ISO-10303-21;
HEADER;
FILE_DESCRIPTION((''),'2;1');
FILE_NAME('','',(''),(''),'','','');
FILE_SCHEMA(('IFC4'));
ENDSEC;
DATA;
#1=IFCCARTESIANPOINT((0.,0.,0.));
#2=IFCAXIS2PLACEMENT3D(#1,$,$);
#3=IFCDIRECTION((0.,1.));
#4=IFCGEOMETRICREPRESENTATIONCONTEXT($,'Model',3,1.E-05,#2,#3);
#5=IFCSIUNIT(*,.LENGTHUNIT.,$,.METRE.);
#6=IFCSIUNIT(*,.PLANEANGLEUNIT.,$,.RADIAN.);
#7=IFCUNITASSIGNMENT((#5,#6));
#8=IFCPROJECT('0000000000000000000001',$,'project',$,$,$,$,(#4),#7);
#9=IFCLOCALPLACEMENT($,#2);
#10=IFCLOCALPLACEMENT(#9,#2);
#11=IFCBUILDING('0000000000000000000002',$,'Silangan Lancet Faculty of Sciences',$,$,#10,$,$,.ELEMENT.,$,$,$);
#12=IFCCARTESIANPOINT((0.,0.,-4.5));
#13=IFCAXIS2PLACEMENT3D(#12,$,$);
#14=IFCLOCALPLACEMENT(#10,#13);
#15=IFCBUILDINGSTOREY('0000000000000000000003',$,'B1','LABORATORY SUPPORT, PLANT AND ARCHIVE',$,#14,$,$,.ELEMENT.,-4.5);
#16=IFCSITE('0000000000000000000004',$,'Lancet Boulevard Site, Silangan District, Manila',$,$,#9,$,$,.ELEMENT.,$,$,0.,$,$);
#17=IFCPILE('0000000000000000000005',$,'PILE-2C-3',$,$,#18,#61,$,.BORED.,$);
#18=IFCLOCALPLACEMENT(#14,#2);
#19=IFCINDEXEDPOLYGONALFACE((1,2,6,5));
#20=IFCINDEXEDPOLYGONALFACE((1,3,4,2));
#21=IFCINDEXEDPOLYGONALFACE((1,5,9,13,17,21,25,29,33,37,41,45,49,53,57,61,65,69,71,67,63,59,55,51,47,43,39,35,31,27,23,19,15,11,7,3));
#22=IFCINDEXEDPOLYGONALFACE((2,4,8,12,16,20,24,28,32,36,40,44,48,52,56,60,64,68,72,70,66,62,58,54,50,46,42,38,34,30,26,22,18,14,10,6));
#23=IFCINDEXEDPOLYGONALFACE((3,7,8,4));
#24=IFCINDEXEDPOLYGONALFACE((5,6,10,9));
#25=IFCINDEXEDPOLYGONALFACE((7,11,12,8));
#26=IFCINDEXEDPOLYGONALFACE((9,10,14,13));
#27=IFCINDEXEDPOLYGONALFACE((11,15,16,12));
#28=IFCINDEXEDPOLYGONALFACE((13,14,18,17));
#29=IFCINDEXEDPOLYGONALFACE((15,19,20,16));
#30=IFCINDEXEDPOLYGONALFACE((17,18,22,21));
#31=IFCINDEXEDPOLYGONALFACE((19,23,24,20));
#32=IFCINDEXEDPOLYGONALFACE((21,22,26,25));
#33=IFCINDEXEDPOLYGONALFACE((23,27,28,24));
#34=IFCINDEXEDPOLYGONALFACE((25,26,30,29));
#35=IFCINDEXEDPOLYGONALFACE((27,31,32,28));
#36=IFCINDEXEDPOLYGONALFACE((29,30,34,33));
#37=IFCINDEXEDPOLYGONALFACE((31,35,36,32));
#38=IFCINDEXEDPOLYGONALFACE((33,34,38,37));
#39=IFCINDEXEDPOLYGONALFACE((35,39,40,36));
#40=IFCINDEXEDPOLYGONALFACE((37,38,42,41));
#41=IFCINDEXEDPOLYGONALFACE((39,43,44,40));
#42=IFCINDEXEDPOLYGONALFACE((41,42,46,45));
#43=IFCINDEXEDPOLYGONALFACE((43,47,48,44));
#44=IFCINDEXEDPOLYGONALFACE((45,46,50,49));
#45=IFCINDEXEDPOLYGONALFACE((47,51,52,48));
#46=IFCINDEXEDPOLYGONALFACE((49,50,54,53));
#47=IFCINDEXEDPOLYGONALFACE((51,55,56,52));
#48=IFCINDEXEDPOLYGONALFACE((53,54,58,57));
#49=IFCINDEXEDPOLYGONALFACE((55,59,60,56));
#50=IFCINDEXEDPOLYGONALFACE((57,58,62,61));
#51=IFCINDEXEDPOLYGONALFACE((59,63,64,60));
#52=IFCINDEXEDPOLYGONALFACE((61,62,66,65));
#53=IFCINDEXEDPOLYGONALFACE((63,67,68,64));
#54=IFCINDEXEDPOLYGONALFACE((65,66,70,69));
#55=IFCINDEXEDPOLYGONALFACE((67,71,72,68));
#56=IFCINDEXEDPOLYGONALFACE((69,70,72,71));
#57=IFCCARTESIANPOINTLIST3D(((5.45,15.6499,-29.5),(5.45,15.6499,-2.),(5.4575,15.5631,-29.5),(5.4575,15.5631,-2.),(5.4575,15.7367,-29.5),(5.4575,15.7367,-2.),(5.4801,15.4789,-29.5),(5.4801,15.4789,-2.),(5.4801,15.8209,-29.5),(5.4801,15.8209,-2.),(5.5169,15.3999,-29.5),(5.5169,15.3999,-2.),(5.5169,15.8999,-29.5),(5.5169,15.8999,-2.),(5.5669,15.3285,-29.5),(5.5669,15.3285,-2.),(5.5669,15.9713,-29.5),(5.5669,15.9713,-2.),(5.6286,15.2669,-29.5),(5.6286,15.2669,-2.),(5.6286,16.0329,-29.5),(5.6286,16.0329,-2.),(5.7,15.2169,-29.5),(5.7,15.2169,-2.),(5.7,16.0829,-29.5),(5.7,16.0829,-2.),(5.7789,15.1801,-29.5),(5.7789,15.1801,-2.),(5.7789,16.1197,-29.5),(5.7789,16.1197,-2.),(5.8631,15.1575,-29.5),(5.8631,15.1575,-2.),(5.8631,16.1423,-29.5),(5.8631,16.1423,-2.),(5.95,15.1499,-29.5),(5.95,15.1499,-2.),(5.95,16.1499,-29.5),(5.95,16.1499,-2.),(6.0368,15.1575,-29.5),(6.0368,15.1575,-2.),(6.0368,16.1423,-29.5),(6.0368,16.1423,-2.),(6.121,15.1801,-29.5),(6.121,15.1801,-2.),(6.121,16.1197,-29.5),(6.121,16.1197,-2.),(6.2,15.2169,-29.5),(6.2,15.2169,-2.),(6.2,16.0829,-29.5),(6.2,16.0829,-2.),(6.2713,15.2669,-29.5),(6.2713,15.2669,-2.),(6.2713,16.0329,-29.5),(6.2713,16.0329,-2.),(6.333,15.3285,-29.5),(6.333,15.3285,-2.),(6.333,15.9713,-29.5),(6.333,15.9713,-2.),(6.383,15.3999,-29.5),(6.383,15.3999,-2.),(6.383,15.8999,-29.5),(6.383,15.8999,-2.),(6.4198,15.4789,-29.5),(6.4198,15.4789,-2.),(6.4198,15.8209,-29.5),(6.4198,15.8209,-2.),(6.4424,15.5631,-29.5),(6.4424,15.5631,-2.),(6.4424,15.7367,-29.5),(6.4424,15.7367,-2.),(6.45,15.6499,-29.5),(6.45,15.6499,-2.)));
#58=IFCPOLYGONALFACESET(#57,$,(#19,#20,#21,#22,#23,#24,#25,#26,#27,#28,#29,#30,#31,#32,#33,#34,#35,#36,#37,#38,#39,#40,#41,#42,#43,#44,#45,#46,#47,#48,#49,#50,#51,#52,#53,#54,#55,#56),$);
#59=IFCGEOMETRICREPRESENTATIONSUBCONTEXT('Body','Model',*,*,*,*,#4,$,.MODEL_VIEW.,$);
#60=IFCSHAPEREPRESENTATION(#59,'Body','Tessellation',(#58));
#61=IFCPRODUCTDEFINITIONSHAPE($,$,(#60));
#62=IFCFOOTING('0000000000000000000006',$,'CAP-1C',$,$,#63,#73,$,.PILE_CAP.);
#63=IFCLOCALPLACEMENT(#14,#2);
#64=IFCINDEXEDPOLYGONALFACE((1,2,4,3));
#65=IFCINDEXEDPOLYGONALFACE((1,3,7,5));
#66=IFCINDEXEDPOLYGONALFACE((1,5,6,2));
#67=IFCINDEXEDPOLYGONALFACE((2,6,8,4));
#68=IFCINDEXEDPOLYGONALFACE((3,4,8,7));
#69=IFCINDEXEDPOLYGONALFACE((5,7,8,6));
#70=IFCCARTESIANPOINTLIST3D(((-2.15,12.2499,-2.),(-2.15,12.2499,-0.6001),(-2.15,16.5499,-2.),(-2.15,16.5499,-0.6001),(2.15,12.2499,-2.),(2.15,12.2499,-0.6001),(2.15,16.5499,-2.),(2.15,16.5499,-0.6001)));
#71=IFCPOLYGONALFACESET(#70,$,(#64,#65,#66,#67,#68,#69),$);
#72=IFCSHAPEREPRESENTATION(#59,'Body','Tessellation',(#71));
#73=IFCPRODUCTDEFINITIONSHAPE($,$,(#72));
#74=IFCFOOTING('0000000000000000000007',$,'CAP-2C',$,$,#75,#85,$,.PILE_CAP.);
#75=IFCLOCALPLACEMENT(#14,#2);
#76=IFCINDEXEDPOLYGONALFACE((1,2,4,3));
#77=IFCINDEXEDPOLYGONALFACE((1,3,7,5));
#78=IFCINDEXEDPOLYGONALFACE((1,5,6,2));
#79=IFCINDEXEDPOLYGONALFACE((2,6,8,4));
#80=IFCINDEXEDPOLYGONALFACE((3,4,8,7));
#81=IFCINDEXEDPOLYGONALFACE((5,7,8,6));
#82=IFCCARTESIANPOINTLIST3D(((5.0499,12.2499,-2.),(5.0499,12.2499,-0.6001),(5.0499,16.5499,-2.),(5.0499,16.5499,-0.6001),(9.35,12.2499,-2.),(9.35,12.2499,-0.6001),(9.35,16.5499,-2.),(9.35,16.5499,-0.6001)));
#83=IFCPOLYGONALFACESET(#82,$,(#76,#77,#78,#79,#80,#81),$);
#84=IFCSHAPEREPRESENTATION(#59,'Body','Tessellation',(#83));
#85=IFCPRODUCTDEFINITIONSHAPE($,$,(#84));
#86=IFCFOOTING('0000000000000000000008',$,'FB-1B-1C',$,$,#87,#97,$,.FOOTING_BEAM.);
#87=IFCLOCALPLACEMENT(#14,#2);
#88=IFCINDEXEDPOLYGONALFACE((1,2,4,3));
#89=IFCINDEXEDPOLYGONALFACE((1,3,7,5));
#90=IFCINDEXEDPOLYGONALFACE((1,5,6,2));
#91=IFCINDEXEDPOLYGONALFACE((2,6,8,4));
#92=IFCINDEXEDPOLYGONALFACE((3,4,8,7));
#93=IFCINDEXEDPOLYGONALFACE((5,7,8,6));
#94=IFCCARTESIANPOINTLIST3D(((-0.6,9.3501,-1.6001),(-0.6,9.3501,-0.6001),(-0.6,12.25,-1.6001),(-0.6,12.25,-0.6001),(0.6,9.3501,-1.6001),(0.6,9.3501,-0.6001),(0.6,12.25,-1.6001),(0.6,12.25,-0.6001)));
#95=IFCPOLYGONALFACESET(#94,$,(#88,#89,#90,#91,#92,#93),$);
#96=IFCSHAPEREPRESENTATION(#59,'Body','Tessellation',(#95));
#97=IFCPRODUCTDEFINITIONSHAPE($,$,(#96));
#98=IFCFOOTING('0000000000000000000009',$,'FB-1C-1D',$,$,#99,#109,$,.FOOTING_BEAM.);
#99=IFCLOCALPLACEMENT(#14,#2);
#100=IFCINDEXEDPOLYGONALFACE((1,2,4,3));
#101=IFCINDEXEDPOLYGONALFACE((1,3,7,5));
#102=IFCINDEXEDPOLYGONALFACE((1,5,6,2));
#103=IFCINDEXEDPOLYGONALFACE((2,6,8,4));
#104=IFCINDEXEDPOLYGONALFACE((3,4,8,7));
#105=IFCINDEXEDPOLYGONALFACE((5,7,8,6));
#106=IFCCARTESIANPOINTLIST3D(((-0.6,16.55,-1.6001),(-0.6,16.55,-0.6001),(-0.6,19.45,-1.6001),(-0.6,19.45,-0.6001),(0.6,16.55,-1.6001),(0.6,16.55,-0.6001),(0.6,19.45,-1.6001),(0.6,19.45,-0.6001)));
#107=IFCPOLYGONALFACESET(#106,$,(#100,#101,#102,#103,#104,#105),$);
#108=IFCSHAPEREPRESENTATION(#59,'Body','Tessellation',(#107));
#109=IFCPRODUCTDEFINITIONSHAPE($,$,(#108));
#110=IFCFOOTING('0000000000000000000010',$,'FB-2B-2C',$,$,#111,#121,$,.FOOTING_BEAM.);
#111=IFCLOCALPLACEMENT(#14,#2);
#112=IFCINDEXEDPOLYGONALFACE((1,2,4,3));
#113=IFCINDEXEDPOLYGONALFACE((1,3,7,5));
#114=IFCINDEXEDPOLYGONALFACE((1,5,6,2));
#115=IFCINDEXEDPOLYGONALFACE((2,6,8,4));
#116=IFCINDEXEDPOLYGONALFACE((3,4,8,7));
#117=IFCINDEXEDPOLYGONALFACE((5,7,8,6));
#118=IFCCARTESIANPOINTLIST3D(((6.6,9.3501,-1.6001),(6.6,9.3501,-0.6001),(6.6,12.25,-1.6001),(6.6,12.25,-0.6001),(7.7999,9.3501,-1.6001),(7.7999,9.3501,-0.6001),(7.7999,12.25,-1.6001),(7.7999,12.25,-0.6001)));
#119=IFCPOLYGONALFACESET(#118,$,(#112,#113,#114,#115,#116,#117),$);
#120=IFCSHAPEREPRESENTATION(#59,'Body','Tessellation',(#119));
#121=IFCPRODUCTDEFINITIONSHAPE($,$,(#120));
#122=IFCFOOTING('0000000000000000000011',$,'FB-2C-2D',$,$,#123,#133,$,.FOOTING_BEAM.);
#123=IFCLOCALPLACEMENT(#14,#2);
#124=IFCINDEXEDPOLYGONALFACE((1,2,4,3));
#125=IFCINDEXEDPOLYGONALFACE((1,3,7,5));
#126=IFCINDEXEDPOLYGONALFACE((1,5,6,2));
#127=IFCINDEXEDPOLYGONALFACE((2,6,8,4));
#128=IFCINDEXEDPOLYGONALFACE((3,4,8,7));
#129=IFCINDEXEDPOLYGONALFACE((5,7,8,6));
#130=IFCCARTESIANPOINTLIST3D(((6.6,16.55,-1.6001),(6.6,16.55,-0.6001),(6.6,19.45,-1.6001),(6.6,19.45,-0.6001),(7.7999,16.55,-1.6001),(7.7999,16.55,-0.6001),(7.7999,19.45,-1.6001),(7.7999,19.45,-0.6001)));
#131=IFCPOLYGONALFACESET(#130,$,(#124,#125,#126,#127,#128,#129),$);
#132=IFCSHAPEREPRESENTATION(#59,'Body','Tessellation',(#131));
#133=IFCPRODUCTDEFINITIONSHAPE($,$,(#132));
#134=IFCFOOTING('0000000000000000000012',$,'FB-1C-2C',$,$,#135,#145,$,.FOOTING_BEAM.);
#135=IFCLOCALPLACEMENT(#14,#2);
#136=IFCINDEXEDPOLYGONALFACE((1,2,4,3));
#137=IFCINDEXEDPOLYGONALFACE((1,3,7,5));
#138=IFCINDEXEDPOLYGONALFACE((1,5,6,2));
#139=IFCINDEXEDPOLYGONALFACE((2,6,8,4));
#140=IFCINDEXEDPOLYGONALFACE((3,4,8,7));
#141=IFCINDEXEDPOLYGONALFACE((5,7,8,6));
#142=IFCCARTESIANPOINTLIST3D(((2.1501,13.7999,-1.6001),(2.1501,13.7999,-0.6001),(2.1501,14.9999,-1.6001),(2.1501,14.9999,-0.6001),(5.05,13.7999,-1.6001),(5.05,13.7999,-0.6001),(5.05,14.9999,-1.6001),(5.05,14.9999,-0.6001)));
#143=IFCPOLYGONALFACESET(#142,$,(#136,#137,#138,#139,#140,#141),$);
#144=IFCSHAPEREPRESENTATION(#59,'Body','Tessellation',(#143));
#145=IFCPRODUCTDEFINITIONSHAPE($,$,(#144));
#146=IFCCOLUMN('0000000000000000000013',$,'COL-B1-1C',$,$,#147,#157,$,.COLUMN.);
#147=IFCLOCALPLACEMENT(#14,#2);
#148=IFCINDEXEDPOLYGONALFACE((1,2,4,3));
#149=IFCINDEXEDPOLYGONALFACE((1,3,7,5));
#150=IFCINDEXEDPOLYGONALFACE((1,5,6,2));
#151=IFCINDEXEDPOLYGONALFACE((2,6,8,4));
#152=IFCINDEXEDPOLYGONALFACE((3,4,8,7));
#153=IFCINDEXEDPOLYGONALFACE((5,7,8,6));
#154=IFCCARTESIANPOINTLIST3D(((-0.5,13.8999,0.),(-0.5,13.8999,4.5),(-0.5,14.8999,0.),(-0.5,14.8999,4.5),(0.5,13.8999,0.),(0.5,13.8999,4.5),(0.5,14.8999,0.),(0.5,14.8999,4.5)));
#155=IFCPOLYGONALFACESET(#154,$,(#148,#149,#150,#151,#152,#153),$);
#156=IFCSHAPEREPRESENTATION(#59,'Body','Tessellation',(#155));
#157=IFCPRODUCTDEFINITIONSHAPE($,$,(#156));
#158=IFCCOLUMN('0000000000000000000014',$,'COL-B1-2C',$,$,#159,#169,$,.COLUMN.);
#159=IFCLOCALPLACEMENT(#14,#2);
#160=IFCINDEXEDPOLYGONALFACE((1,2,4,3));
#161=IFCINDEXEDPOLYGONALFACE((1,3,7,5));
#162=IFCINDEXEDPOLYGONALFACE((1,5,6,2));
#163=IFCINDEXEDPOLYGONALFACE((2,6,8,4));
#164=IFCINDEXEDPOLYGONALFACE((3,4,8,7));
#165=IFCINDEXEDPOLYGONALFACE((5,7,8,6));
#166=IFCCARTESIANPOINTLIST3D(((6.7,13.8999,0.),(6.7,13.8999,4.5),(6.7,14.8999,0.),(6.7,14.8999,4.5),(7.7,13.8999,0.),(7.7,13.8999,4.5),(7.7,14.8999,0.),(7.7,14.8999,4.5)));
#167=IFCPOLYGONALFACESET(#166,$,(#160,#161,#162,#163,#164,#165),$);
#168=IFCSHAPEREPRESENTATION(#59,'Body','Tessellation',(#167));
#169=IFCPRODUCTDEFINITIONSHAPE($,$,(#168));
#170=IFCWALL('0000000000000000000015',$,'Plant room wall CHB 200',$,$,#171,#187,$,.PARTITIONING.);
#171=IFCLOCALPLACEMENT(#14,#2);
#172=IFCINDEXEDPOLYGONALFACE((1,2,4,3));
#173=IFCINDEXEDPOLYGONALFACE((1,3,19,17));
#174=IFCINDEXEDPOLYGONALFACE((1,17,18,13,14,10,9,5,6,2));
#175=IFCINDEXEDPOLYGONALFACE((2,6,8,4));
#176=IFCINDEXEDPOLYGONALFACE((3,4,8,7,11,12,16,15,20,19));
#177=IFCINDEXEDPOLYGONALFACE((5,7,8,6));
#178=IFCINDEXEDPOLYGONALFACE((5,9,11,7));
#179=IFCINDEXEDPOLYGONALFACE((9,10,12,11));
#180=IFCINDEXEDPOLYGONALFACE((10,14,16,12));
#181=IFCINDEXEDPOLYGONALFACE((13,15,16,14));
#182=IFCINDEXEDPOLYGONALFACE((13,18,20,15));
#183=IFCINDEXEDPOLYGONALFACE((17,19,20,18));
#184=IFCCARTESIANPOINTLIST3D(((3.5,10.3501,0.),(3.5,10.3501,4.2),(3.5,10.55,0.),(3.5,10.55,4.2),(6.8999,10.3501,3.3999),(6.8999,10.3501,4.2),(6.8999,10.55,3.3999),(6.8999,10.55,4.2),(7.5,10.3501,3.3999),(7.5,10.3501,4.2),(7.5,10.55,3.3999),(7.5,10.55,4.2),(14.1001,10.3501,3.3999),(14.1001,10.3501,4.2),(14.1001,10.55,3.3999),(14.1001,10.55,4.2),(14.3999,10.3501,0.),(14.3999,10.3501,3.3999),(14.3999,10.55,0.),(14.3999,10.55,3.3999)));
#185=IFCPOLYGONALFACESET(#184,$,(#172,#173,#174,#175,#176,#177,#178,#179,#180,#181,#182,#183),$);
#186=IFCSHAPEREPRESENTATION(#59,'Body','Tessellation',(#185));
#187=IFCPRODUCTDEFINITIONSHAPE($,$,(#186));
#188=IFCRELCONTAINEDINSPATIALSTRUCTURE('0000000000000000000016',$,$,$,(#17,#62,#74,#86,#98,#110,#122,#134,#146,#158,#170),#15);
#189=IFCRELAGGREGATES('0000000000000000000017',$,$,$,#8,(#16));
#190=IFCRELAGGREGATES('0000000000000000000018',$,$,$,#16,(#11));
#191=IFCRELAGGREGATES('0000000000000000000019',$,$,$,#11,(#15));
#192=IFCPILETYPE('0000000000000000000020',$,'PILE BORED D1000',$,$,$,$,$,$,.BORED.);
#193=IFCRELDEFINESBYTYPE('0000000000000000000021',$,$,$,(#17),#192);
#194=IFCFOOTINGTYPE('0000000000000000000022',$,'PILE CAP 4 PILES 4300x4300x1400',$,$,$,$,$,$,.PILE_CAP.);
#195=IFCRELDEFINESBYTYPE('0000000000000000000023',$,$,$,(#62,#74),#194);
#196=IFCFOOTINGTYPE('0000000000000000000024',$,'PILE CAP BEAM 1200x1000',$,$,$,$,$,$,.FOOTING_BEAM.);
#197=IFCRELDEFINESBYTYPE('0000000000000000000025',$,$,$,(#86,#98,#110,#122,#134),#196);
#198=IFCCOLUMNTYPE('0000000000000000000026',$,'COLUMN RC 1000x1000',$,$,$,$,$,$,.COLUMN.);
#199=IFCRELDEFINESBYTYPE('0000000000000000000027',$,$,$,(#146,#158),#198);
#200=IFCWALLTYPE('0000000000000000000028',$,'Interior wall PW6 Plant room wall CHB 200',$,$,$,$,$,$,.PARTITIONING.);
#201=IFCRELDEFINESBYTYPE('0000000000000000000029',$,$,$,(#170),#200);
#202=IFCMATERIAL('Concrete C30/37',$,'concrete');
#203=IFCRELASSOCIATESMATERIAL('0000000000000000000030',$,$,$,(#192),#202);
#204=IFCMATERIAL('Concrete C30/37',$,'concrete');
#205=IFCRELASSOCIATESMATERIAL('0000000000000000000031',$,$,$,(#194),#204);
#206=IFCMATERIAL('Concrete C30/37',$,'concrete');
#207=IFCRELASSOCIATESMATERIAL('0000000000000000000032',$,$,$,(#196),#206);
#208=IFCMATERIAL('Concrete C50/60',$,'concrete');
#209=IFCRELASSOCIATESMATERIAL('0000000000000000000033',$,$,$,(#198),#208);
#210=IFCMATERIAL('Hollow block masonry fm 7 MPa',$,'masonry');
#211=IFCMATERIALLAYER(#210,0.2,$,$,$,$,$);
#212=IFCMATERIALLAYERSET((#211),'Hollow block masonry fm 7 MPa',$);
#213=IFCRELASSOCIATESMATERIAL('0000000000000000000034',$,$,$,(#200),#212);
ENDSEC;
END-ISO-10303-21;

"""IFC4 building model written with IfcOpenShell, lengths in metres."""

from ifc_helpers import new_model, si_unit, direction, frame, origin, origin_2d, place, context, subcontext, project, spatial, polyline, rectangle, circle, outline, extrude, material, layer, layer_set, material_profile, profile_set, type_object, element, save


model = new_model("IFC4")

# Units and contexts
model_context = context("Model", 3, precision=1e-05, world=origin(), true_north=direction((0.0, 1.0)))
body_context = subcontext(model_context, "Body", "Model", "MODEL_VIEW")
ifc_project = project(units=[si_unit("LENGTHUNIT", "METRE"), si_unit("PLANEANGLEUNIT", "RADIAN")], contexts=[model_context])

# Site, building, storey
site_placement = place(None, origin())
site = spatial("IfcSite", under=ifc_project, at=site_placement, Name="Lancet Boulevard Site, Silangan District, Manila", CompositionType="ELEMENT", RefElevation=0.0)
building_placement = place(site_placement, origin())
building = spatial("IfcBuilding", under=site, at=building_placement, Name="Silangan Lancet Faculty of Sciences", CompositionType="ELEMENT")
storey_placement = place(building_placement, frame((0.0, 0.0, -4.5)))
storey = spatial("IfcBuildingStorey", under=building, at=storey_placement, Name="B1", Description="LABORATORY SUPPORT, PLANT AND ARCHIVE", CompositionType="ELEMENT", Elevation=-4.5)

# Pile
ifc_material_1 = material(Name="Concrete C30/37", Category="concrete")
ifc_material_profile_1 = material_profile(ifc_material_1, circle(Radius=0.5, at=origin_2d()), Name="BORED PILE D1000")
ifc_profile_set_1 = profile_set([ifc_material_profile_1], Name="Concrete C30/37")
pile_type = type_object("IfcPileType", Name="PILE BORED D1000", PredefinedType="BORED", material=ifc_profile_set_1)
for number, where, z_axis, x_axis, name in (
    (1, (5.95, 15.6499, -2.0), (0.0, 0.0, -1.0), (1.0, 0.0, 0.0), "PILE-2C-3"),
):
    element("IfcPile", number, at=place(storey_placement, frame(where, z_axis=z_axis, x_axis=x_axis)), inside=storey, type_object=pile_type, Name=name, PredefinedType="BORED", context=body_context, shape_type="SweptSolid", body=[
        extrude(circle(Radius=0.5, at=origin_2d()), origin(), (0.0, 0.0, 1.0), 27.5),
    ])

# Footings
ifc_material_2 = material(Name="Concrete C30/37", Category="concrete")
footing_type_1 = type_object("IfcFootingType", Name="PILE CAP 4 PILES 4300x4300x1400", PredefinedType="PILE_CAP", material=ifc_material_2)
for number, where, z_axis, x_axis, name in (
    (2, (0.0, 14.3999, -2.0), (0.0, 0.0, 1.0), (1.0, 0.0, 0.0), "CAP-1C"),
    (3, (7.2, 14.3999, -2.0), (0.0, 0.0, 1.0), (1.0, 0.0, 0.0), "CAP-2C"),
):
    element("IfcFooting", number, at=place(storey_placement, frame(where, z_axis=z_axis, x_axis=x_axis)), inside=storey, type_object=footing_type_1, Name=name, PredefinedType="PILE_CAP", context=body_context, shape_type="SweptSolid", body=[
        extrude(rectangle(XDim=4.3, YDim=4.3, at=origin_2d()), origin(), (0.0, 0.0, 1.0), 1.3999),
    ])
ifc_material_3 = material(Name="Concrete C30/37", Category="concrete")
footing_type_2 = type_object("IfcFootingType", Name="PILE CAP BEAM 1200x1000", PredefinedType="FOOTING_BEAM", material=ifc_material_3)
for number, where, z_axis, x_axis, name in (
    (4, (0.0, 10.8, -1.6001), (0.0, 0.0, 1.0), (0.0, 1.0, 0.0), "FB-1B-1C"),
    (5, (0.0, 18.0, -1.6001), (0.0, 0.0, 1.0), (0.0, 1.0, 0.0), "FB-1C-1D"),
    (6, (7.2, 10.8, -1.6001), (0.0, 0.0, 1.0), (0.0, 1.0, 0.0), "FB-2B-2C"),
    (7, (7.2, 18.0, -1.6001), (0.0, 0.0, 1.0), (0.0, 1.0, 0.0), "FB-2C-2D"),
    (8, (3.6001, 14.3999, -1.6001), (0.0, 0.0, 1.0), (1.0, 0.0, 0.0), "FB-1C-2C"),
):
    element("IfcFooting", number, at=place(storey_placement, frame(where, z_axis=z_axis, x_axis=x_axis)), inside=storey, type_object=footing_type_2, Name=name, PredefinedType="FOOTING_BEAM", context=body_context, shape_type="SweptSolid", body=[
        extrude(rectangle(XDim=2.8999, YDim=1.2, at=origin_2d()), origin(), (0.0, 0.0, 1.0), 1.0),
    ])

# Columns
ifc_material_4 = material(Name="Concrete C50/60", Category="concrete")
ifc_material_profile_2 = material_profile(ifc_material_4, rectangle(XDim=1.0, YDim=1.0, at=origin_2d()), Name="RC 1000x1000")
ifc_profile_set_2 = profile_set([ifc_material_profile_2], Name="Concrete C50/60")
column_type = type_object("IfcColumnType", Name="COLUMN RC 1000x1000", PredefinedType="COLUMN", material=ifc_profile_set_2)
for number, where, z_axis, x_axis, name in (
    (9, (0.0, 14.3999, 0.0), (0.0, 0.0, 1.0), (1.0, 0.0, 0.0), "COL-B1-1C"),
    (10, (7.2, 14.3999, 0.0), (0.0, 0.0, 1.0), (1.0, 0.0, 0.0), "COL-B1-2C"),
):
    element("IfcColumn", number, at=place(storey_placement, frame(where, z_axis=z_axis, x_axis=x_axis)), inside=storey, type_object=column_type, Name=name, PredefinedType="COLUMN", context=body_context, shape_type="SweptSolid", body=[
        extrude(rectangle(XDim=1.0, YDim=1.0, at=origin_2d()), origin(), (0.0, 0.0, 1.0), 4.5),
    ])

# Wall
ifc_material_5 = material(Name="Hollow block masonry fm 7 MPa", Category="masonry")
ifc_layer_1 = layer(ifc_material_5, 0.2)
ifc_layer_set_1 = layer_set([ifc_layer_1], Name="Hollow block masonry fm 7 MPa")
wall_type_1 = type_object("IfcWallType", Name="Interior wall PW6 Plant room wall CHB 200", PredefinedType="PARTITIONING", material=ifc_layer_set_1)
wall_1_placement = place(storey_placement, frame((3.5, 10.45, 0.0), z_axis=(0.0, 0.0, 1.0), x_axis=(1.0, 0.0, 0.0)))
element("IfcWall", 11, at=wall_1_placement, inside=storey, type_object=wall_type_1, Name="Plant room wall CHB 200", PredefinedType="PARTITIONING", context=body_context, shape_type="SweptSolid", body=[
    extrude(outline(polyline([(0.0, 0.0), (10.8999, 0.0), (10.8999, 3.3999), (10.6001, 3.3999), (10.6001, 4.2), (4.0, 4.2), (4.0, 3.3999), (3.3999, 3.3999), (3.3999, 4.2), (0.0, 4.2), (0.0, 0.0)])), frame((0.0, 0.1001, 0.0), z_axis=(0.0, -1.0, 0.0), x_axis=(1.0, 0.0, 0.0)), (0.0, 0.0, 1.0), 0.2),
])

save(model, "model.ifc")
